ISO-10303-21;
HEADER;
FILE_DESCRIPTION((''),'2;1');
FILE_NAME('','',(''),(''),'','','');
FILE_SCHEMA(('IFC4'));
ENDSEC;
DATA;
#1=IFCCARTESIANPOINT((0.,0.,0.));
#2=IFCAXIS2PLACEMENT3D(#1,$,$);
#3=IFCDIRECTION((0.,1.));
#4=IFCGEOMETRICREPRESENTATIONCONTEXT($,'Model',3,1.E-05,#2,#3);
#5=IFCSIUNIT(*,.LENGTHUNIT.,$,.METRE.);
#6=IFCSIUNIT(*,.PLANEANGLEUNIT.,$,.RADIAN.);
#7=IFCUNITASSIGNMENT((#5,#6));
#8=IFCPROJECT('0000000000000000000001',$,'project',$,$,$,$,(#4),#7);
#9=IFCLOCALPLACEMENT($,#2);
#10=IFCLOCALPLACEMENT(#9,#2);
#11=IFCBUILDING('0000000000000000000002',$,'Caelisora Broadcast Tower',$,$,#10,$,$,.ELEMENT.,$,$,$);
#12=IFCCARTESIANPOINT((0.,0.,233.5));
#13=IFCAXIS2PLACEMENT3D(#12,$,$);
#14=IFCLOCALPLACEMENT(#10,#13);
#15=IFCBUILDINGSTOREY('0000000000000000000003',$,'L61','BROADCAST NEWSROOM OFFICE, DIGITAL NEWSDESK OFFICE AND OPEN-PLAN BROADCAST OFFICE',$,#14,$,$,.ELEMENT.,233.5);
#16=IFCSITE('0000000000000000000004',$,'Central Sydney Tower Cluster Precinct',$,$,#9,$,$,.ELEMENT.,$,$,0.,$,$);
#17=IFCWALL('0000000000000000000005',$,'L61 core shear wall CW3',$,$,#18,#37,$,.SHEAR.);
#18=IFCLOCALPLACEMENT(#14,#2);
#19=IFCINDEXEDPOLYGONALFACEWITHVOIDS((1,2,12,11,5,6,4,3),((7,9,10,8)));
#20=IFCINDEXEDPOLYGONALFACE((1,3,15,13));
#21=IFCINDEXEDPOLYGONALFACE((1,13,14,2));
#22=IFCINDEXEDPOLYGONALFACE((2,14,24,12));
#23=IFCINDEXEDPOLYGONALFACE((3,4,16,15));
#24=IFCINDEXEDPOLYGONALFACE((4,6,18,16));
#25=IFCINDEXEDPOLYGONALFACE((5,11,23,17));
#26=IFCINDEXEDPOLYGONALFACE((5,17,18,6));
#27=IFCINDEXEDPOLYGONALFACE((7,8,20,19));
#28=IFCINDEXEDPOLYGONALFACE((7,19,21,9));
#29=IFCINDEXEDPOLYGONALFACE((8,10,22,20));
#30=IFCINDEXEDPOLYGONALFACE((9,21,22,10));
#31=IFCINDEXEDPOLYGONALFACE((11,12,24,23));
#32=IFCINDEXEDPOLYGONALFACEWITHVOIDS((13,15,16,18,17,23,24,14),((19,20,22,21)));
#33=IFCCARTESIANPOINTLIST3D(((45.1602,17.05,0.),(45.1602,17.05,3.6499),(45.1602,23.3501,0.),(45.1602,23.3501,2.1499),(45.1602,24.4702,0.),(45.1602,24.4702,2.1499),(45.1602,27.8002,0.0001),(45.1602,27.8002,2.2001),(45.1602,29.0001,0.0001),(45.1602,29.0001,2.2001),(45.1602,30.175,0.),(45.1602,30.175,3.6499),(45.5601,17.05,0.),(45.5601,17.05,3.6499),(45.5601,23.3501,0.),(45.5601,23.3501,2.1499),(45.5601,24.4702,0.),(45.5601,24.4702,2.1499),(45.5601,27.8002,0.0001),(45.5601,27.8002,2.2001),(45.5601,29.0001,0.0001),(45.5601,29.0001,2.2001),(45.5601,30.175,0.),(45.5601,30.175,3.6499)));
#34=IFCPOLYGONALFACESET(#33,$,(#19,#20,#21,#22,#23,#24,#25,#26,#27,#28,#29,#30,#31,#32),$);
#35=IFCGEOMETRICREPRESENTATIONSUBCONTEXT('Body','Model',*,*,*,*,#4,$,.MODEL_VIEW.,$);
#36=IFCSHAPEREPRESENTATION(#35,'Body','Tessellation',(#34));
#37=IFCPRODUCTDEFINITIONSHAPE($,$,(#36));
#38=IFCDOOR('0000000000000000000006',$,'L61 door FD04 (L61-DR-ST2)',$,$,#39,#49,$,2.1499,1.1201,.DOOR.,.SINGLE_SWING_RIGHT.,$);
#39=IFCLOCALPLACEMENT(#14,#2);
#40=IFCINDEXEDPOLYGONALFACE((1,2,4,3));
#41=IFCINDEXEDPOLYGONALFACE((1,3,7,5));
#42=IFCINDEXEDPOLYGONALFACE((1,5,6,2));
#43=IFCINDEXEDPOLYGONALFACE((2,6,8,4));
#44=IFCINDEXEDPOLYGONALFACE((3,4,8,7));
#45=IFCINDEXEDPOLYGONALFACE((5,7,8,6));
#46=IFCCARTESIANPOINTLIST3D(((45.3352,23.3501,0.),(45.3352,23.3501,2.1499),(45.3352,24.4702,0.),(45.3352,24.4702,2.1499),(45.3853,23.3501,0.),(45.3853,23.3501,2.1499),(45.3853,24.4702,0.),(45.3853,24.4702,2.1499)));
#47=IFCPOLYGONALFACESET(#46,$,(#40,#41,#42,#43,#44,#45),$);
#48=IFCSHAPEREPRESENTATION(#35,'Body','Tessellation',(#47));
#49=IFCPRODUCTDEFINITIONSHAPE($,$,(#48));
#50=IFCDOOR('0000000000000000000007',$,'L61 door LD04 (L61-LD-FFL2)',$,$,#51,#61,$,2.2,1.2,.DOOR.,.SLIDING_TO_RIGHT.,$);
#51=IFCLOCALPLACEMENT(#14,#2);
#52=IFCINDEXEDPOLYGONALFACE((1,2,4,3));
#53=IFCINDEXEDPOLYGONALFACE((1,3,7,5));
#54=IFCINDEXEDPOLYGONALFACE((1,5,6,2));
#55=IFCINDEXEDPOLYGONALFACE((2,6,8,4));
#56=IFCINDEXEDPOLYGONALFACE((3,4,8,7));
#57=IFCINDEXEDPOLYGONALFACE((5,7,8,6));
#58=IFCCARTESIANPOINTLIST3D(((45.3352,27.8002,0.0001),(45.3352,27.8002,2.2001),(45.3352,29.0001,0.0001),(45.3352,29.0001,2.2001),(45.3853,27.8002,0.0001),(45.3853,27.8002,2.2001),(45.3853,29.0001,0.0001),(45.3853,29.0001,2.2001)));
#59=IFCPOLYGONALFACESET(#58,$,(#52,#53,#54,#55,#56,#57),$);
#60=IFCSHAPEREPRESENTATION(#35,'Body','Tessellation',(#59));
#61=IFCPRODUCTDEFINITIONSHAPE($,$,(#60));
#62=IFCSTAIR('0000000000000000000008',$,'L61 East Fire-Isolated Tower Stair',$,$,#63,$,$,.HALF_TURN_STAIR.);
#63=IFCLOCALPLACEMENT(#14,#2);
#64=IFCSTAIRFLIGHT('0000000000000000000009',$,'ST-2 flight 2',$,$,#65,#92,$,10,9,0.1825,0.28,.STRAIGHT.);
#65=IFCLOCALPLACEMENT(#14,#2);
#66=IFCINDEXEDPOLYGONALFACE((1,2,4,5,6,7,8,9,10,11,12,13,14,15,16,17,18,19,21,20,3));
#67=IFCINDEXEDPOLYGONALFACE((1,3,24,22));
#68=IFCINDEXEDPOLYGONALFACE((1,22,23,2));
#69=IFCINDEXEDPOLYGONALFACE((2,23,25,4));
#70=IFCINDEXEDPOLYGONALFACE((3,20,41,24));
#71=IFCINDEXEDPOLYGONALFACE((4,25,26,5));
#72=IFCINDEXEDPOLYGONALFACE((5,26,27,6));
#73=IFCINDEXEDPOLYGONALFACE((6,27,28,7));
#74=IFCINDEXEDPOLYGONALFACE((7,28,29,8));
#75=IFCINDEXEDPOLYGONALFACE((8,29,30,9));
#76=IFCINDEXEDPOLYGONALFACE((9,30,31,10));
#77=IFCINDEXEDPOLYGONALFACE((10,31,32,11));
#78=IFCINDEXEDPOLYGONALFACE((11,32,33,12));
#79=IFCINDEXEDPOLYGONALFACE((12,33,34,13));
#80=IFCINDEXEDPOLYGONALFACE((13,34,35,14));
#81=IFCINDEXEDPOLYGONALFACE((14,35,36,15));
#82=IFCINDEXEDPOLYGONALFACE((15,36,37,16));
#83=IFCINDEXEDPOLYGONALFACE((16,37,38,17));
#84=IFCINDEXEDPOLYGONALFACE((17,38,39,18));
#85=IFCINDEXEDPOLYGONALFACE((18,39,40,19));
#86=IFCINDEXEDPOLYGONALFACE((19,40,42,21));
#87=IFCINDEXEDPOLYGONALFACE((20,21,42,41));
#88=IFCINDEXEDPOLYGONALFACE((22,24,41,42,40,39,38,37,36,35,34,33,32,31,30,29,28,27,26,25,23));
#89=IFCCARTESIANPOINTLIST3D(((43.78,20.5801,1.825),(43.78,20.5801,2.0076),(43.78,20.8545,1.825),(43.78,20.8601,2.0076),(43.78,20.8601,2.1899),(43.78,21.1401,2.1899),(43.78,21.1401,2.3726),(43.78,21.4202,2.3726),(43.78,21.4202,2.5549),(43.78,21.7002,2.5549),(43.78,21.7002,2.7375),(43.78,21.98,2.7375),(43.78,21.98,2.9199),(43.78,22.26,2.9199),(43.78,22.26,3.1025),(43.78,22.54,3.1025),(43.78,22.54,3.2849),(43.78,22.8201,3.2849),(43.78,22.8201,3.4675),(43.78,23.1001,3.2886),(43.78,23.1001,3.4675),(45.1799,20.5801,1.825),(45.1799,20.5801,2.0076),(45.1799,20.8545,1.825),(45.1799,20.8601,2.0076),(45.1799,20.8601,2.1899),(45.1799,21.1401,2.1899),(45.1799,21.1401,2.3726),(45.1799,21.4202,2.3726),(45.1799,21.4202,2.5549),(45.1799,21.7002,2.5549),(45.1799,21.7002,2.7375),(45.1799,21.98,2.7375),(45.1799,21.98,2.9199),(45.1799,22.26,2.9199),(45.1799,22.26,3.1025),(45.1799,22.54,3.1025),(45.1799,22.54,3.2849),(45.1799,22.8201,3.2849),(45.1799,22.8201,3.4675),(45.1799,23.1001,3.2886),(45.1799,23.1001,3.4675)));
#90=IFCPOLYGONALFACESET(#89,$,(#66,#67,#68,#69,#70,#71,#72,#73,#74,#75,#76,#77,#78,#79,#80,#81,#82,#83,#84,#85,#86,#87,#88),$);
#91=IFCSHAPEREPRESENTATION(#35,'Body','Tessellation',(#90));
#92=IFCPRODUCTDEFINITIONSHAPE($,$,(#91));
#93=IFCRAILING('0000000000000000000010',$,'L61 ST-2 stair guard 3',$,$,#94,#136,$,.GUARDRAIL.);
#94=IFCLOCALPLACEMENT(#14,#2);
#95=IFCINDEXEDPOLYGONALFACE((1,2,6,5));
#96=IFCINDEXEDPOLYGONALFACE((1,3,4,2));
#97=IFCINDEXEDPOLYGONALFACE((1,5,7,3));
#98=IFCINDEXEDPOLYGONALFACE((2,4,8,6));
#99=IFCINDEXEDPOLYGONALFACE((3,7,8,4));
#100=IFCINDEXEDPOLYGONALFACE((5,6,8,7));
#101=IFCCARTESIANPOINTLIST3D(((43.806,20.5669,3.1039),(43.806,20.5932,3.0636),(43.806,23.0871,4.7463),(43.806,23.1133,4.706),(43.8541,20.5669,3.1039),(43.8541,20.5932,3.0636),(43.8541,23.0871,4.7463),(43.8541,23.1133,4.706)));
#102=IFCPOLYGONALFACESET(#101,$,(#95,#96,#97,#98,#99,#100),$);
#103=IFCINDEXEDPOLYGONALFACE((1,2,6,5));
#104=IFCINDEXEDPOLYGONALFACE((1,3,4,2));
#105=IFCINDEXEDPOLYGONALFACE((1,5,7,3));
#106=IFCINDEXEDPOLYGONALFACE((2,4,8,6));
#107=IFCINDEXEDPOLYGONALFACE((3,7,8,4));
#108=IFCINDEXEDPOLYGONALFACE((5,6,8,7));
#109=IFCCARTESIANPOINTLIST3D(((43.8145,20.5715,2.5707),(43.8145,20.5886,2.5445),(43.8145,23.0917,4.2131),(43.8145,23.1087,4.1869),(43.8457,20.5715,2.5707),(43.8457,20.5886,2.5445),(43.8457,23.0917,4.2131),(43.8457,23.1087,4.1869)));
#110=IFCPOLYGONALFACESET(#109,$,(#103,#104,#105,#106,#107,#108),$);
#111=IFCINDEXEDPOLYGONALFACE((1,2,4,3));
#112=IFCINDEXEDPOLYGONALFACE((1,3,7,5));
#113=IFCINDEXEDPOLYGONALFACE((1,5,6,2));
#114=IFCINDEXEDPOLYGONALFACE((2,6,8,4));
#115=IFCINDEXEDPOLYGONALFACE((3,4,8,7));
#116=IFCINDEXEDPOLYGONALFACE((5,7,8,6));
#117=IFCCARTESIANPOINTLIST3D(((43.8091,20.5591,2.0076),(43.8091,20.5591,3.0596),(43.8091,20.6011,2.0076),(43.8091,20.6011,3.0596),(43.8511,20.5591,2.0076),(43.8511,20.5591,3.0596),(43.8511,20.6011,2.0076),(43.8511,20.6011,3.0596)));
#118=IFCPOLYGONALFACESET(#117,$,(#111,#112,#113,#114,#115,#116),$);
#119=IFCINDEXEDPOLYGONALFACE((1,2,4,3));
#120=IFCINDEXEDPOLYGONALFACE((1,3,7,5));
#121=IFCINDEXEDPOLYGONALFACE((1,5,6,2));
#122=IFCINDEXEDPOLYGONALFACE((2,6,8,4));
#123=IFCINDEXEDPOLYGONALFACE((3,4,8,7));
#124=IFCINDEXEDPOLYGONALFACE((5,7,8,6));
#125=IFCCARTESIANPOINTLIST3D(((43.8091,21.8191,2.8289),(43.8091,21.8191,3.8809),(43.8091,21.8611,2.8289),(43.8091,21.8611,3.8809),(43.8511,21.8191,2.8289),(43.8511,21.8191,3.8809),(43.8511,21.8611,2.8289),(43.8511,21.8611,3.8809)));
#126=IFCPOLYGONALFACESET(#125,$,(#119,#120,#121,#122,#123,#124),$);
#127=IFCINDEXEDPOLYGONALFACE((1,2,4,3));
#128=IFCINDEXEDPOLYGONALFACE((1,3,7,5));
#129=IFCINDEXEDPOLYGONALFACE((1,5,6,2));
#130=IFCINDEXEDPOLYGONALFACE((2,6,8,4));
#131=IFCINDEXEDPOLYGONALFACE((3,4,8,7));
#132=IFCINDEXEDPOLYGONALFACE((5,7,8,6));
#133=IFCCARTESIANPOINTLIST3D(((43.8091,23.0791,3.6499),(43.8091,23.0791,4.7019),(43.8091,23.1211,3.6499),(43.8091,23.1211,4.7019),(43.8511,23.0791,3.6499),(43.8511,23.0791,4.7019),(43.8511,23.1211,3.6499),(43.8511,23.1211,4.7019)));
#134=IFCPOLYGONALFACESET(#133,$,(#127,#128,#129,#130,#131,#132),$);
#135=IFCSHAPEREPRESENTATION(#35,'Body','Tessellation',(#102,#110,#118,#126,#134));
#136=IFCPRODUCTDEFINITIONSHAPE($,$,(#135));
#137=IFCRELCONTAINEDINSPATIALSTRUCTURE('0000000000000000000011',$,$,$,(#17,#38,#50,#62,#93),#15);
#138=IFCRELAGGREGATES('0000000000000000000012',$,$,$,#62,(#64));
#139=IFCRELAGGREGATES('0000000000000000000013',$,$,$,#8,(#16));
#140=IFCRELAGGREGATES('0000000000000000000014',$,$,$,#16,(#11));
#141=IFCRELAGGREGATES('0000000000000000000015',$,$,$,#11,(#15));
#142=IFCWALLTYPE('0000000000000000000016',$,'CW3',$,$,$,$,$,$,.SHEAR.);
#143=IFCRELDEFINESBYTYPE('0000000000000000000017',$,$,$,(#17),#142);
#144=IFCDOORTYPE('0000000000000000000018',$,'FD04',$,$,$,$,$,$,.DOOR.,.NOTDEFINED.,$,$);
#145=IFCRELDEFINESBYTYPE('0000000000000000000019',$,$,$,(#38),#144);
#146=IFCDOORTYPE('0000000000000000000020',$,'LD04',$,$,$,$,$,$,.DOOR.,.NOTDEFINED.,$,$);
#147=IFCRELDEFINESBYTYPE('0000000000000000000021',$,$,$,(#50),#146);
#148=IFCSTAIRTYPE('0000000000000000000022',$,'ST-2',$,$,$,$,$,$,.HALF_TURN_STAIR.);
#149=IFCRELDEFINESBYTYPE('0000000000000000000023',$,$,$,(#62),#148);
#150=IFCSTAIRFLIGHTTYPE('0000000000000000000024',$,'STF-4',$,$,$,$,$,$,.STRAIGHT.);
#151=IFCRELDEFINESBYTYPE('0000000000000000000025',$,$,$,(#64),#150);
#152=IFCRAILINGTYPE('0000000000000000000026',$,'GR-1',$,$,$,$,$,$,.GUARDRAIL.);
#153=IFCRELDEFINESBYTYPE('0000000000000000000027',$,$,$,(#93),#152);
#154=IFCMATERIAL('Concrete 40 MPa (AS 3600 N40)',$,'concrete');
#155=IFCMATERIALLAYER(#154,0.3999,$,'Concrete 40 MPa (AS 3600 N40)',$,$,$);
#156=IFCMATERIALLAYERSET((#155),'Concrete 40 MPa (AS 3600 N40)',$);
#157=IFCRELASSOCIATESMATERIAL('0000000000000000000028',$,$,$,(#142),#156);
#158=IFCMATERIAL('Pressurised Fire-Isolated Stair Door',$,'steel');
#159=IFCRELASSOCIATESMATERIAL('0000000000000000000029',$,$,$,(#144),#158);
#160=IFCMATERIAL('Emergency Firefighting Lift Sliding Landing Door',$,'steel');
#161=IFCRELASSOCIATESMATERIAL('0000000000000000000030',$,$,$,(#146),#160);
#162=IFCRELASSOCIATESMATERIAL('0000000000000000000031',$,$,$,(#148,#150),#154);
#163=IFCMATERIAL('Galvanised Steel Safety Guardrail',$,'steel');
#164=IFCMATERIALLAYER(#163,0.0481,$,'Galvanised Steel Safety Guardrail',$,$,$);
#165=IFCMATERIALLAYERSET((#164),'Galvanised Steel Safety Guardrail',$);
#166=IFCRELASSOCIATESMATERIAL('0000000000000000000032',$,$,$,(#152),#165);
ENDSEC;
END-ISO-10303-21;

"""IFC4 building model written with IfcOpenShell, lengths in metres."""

from ifc_helpers import new_model, si_unit, direction, frame, frame_2d, origin, origin_2d, place, context, subcontext, project, spatial, polyline, rectangle, outline, extrude, material, layer, layer_set, type_object, element, fill, aggregate, save


model = new_model("IFC4")

# Units and contexts
model_context = context("Model", 3, precision=1e-05, world=origin(), true_north=direction((0.0, 1.0)))
body_context = subcontext(model_context, "Body", "Model", "MODEL_VIEW")
ifc_project = project(units=[si_unit("LENGTHUNIT", "METRE"), si_unit("PLANEANGLEUNIT", "RADIAN")], contexts=[model_context])

# Site, building, storey
site_placement = place(None, origin())
site = spatial("IfcSite", under=ifc_project, at=site_placement, Name="Central Sydney Tower Cluster Precinct", CompositionType="ELEMENT", RefElevation=0.0)
building_placement = place(site_placement, origin())
building = spatial("IfcBuilding", under=site, at=building_placement, Name="Caelisora Broadcast Tower", CompositionType="ELEMENT")
storey_placement = place(building_placement, frame((0.0, 0.0, 233.5)))
storey = spatial("IfcBuildingStorey", under=building, at=storey_placement, Name="L61", Description="BROADCAST NEWSROOM OFFICE, DIGITAL NEWSDESK OFFICE AND OPEN-PLAN BROADCAST OFFICE", CompositionType="ELEMENT", Elevation=233.5)

# Wall, openings, doors
ifc_material_1 = material(Name="Concrete 40 MPa (AS 3600 N40)", Category="concrete")
ifc_layer_1 = layer(ifc_material_1, 0.3999, Name="Concrete 40 MPa (AS 3600 N40)")
ifc_layer_set_1 = layer_set([ifc_layer_1], Name="Concrete 40 MPa (AS 3600 N40)")
wall_type = type_object("IfcWallType", Name="CW3", PredefinedType="SHEAR", material=ifc_layer_set_1)
wall_placement = place(storey_placement, frame((45.3601, 17.05, 0.0), z_axis=(0.0, 0.0, 1.0), x_axis=(0.0, 1.0, 0.0)))
wall = element("IfcWall", 1, at=wall_placement, inside=storey, type_object=wall_type, Name="L61 core shear wall CW3", PredefinedType="SHEAR", context=body_context, shape_type="SweptSolid", body=[
    extrude(rectangle(XDim=13.125, YDim=0.3999, at=frame_2d((6.5625, 0.0))), origin(), (0.0, 0.0, 1.0), 3.6499),
])
opening_1_placement = place(wall_placement, frame((6.3, 0.0, 0.0)))
opening_1 = element("IfcOpeningElement", 2, at=opening_1_placement, cuts=wall, PredefinedType="OPENING", context=body_context, shape_type="SweptSolid", body=[
    extrude(rectangle(XDim=1.1201, YDim=2.1499, at=frame_2d((0.5601, 1.075))), frame((0.0, 0.2119, 0.0), z_axis=(0.0, -1.0, 0.0), x_axis=(1.0, 0.0, 0.0)), (0.0, 0.0, 1.0), 0.4238),
])
opening_2_placement = place(wall_placement, frame((10.75, 0.0, 0.0)))
opening_2 = element("IfcOpeningElement", 3, at=opening_2_placement, cuts=wall, PredefinedType="OPENING", context=body_context, shape_type="SweptSolid", body=[
    extrude(rectangle(XDim=1.2, YDim=2.2, at=frame_2d((0.6001, 1.1001))), frame((0.0, 0.2119, 0.0), z_axis=(0.0, -1.0, 0.0), x_axis=(1.0, 0.0, 0.0)), (0.0, 0.0, 1.0), 0.4238),
])
ifc_material_2 = material(Name="Pressurised Fire-Isolated Stair Door", Category="steel")
door_type_1 = type_object("IfcDoorType", Name="FD04", OperationType="NOTDEFINED", PredefinedType="DOOR", material=ifc_material_2)
door_1_placement = place(opening_1_placement, origin())
door_1 = element("IfcDoor", 4, at=door_1_placement, inside=storey, type_object=door_type_1, Name="L61 door FD04 (L61-DR-ST2)", OperationType="SINGLE_SWING_RIGHT", OverallHeight=2.1499, OverallWidth=1.1201, PredefinedType="DOOR", context=body_context, shape_type="SweptSolid", body=[
    extrude(rectangle(XDim=1.1201, YDim=2.1499, at=frame_2d((0.5601, 1.075))), frame((0.0, 0.0249, 0.0), z_axis=(0.0, -1.0, 0.0), x_axis=(1.0, 0.0, 0.0)), (0.0, 0.0, 1.0), 0.05),
])
fill(opening_1, door_1)
ifc_material_3 = material(Name="Emergency Firefighting Lift Sliding Landing Door", Category="steel")
door_type_2 = type_object("IfcDoorType", Name="LD04", OperationType="NOTDEFINED", PredefinedType="DOOR", material=ifc_material_3)
door_2_placement = place(opening_2_placement, origin())
door_2 = element("IfcDoor", 5, at=door_2_placement, inside=storey, type_object=door_type_2, Name="L61 door LD04 (L61-LD-FFL2)", OperationType="SLIDING_TO_RIGHT", OverallHeight=2.2, OverallWidth=1.2, PredefinedType="DOOR", context=body_context, shape_type="SweptSolid", body=[
    extrude(rectangle(XDim=1.2, YDim=2.2, at=frame_2d((0.6001, 1.1001))), frame((0.0, 0.0249, 0.0), z_axis=(0.0, -1.0, 0.0), x_axis=(1.0, 0.0, 0.0)), (0.0, 0.0, 1.0), 0.05),
])
fill(opening_2, door_2)

# Stair, stair flight
stair_type = type_object("IfcStairType", Name="ST-2", PredefinedType="HALF_TURN_STAIR", material=ifc_material_1)
stair_placement = place(storey_placement, origin())
stair = element("IfcStair", 6, at=stair_placement, inside=storey, type_object=stair_type, Name="L61 East Fire-Isolated Tower Stair", PredefinedType="HALF_TURN_STAIR")
stair_flight_type = type_object("IfcStairFlightType", Name="STF-4", PredefinedType="STRAIGHT", material=ifc_material_1)
stair_flight_placement = place(storey_placement, frame((44.48, 20.5801, 1.825), z_axis=(0.0, 0.0, 1.0), x_axis=(0.0, 1.0, 0.0)))
stair_flight = element("IfcStairFlight", 7, at=stair_flight_placement, type_object=stair_flight_type, Name="ST-2 flight 2", NumberOfRisers=10, NumberOfTreads=9, PredefinedType="STRAIGHT", RiserHeight=0.1825, TreadLength=0.28, context=body_context, shape_type="SweptSolid", body=[
    extrude(outline(polyline([(0.0, 0.0), (0.0, 0.1826), (0.28, 0.1826), (0.28, 0.365), (0.5601, 0.365), (0.5601, 0.5476), (0.8401, 0.5476), (0.8401, 0.73), (1.1201, 0.73), (1.1201, 0.9126), (1.3999, 0.9126), (1.3999, 1.095), (1.6799, 1.095), (1.6799, 1.2776), (1.96, 1.2776), (1.96, 1.46), (2.24, 1.46), (2.24, 1.6426), (2.52, 1.6426), (2.52, 1.825), (2.52, 1.4636), (0.2744, 0.0), (0.0, 0.0)])), frame((0.0, 0.7, 0.0), z_axis=(0.0, -1.0, 0.0), x_axis=(1.0, 0.0, 0.0)), (0.0, 0.0, 1.0), 1.3999),
])
aggregate(stair, [stair_flight])

# Railing
ifc_material_4 = material(Name="Galvanised Steel Safety Guardrail", Category="steel")
ifc_layer_2 = layer(ifc_material_4, 0.0481, Name="Galvanised Steel Safety Guardrail")
ifc_layer_set_2 = layer_set([ifc_layer_2], Name="Galvanised Steel Safety Guardrail")
railing_type = type_object("IfcRailingType", Name="GR-1", PredefinedType="GUARDRAIL", material=ifc_layer_set_2)
railing_placement = place(storey_placement, frame((43.8301, 20.5801, 2.0076)))
element("IfcRailing", 8, at=railing_placement, inside=storey, type_object=railing_type, Name="L61 ST-2 stair guard 3", PredefinedType="GUARDRAIL", context=body_context, shape_type="SweptSolid", body=[
    extrude(rectangle(XDim=0.0481, YDim=0.0481, at=origin_2d()), frame((0.0, 0.0, 1.0762), z_axis=(0.0, 0.837787, 0.545998), x_axis=(-1.0, 0.0, 0.0)), (0.0, 0.0, 1.0), 3.0081),
    extrude(rectangle(XDim=0.0312, YDim=0.0312, at=origin_2d()), frame((0.0, 0.0, 0.55), z_axis=(0.0, 0.837787, 0.545998), x_axis=(-1.0, 0.0, 0.0)), (0.0, 0.0, 1.0), 3.0081),
    extrude(rectangle(XDim=0.042, YDim=0.042, at=origin_2d()), origin(), (0.0, 0.0, 1.0), 1.052),
    extrude(rectangle(XDim=0.042, YDim=0.042, at=origin_2d()), frame((0.0, 1.26, 0.8213)), (0.0, 0.0, 1.0), 1.052),
    extrude(rectangle(XDim=0.042, YDim=0.042, at=origin_2d()), frame((0.0, 2.52, 1.6423)), (0.0, 0.0, 1.0), 1.052),
])

save(model, "model.ifc")
